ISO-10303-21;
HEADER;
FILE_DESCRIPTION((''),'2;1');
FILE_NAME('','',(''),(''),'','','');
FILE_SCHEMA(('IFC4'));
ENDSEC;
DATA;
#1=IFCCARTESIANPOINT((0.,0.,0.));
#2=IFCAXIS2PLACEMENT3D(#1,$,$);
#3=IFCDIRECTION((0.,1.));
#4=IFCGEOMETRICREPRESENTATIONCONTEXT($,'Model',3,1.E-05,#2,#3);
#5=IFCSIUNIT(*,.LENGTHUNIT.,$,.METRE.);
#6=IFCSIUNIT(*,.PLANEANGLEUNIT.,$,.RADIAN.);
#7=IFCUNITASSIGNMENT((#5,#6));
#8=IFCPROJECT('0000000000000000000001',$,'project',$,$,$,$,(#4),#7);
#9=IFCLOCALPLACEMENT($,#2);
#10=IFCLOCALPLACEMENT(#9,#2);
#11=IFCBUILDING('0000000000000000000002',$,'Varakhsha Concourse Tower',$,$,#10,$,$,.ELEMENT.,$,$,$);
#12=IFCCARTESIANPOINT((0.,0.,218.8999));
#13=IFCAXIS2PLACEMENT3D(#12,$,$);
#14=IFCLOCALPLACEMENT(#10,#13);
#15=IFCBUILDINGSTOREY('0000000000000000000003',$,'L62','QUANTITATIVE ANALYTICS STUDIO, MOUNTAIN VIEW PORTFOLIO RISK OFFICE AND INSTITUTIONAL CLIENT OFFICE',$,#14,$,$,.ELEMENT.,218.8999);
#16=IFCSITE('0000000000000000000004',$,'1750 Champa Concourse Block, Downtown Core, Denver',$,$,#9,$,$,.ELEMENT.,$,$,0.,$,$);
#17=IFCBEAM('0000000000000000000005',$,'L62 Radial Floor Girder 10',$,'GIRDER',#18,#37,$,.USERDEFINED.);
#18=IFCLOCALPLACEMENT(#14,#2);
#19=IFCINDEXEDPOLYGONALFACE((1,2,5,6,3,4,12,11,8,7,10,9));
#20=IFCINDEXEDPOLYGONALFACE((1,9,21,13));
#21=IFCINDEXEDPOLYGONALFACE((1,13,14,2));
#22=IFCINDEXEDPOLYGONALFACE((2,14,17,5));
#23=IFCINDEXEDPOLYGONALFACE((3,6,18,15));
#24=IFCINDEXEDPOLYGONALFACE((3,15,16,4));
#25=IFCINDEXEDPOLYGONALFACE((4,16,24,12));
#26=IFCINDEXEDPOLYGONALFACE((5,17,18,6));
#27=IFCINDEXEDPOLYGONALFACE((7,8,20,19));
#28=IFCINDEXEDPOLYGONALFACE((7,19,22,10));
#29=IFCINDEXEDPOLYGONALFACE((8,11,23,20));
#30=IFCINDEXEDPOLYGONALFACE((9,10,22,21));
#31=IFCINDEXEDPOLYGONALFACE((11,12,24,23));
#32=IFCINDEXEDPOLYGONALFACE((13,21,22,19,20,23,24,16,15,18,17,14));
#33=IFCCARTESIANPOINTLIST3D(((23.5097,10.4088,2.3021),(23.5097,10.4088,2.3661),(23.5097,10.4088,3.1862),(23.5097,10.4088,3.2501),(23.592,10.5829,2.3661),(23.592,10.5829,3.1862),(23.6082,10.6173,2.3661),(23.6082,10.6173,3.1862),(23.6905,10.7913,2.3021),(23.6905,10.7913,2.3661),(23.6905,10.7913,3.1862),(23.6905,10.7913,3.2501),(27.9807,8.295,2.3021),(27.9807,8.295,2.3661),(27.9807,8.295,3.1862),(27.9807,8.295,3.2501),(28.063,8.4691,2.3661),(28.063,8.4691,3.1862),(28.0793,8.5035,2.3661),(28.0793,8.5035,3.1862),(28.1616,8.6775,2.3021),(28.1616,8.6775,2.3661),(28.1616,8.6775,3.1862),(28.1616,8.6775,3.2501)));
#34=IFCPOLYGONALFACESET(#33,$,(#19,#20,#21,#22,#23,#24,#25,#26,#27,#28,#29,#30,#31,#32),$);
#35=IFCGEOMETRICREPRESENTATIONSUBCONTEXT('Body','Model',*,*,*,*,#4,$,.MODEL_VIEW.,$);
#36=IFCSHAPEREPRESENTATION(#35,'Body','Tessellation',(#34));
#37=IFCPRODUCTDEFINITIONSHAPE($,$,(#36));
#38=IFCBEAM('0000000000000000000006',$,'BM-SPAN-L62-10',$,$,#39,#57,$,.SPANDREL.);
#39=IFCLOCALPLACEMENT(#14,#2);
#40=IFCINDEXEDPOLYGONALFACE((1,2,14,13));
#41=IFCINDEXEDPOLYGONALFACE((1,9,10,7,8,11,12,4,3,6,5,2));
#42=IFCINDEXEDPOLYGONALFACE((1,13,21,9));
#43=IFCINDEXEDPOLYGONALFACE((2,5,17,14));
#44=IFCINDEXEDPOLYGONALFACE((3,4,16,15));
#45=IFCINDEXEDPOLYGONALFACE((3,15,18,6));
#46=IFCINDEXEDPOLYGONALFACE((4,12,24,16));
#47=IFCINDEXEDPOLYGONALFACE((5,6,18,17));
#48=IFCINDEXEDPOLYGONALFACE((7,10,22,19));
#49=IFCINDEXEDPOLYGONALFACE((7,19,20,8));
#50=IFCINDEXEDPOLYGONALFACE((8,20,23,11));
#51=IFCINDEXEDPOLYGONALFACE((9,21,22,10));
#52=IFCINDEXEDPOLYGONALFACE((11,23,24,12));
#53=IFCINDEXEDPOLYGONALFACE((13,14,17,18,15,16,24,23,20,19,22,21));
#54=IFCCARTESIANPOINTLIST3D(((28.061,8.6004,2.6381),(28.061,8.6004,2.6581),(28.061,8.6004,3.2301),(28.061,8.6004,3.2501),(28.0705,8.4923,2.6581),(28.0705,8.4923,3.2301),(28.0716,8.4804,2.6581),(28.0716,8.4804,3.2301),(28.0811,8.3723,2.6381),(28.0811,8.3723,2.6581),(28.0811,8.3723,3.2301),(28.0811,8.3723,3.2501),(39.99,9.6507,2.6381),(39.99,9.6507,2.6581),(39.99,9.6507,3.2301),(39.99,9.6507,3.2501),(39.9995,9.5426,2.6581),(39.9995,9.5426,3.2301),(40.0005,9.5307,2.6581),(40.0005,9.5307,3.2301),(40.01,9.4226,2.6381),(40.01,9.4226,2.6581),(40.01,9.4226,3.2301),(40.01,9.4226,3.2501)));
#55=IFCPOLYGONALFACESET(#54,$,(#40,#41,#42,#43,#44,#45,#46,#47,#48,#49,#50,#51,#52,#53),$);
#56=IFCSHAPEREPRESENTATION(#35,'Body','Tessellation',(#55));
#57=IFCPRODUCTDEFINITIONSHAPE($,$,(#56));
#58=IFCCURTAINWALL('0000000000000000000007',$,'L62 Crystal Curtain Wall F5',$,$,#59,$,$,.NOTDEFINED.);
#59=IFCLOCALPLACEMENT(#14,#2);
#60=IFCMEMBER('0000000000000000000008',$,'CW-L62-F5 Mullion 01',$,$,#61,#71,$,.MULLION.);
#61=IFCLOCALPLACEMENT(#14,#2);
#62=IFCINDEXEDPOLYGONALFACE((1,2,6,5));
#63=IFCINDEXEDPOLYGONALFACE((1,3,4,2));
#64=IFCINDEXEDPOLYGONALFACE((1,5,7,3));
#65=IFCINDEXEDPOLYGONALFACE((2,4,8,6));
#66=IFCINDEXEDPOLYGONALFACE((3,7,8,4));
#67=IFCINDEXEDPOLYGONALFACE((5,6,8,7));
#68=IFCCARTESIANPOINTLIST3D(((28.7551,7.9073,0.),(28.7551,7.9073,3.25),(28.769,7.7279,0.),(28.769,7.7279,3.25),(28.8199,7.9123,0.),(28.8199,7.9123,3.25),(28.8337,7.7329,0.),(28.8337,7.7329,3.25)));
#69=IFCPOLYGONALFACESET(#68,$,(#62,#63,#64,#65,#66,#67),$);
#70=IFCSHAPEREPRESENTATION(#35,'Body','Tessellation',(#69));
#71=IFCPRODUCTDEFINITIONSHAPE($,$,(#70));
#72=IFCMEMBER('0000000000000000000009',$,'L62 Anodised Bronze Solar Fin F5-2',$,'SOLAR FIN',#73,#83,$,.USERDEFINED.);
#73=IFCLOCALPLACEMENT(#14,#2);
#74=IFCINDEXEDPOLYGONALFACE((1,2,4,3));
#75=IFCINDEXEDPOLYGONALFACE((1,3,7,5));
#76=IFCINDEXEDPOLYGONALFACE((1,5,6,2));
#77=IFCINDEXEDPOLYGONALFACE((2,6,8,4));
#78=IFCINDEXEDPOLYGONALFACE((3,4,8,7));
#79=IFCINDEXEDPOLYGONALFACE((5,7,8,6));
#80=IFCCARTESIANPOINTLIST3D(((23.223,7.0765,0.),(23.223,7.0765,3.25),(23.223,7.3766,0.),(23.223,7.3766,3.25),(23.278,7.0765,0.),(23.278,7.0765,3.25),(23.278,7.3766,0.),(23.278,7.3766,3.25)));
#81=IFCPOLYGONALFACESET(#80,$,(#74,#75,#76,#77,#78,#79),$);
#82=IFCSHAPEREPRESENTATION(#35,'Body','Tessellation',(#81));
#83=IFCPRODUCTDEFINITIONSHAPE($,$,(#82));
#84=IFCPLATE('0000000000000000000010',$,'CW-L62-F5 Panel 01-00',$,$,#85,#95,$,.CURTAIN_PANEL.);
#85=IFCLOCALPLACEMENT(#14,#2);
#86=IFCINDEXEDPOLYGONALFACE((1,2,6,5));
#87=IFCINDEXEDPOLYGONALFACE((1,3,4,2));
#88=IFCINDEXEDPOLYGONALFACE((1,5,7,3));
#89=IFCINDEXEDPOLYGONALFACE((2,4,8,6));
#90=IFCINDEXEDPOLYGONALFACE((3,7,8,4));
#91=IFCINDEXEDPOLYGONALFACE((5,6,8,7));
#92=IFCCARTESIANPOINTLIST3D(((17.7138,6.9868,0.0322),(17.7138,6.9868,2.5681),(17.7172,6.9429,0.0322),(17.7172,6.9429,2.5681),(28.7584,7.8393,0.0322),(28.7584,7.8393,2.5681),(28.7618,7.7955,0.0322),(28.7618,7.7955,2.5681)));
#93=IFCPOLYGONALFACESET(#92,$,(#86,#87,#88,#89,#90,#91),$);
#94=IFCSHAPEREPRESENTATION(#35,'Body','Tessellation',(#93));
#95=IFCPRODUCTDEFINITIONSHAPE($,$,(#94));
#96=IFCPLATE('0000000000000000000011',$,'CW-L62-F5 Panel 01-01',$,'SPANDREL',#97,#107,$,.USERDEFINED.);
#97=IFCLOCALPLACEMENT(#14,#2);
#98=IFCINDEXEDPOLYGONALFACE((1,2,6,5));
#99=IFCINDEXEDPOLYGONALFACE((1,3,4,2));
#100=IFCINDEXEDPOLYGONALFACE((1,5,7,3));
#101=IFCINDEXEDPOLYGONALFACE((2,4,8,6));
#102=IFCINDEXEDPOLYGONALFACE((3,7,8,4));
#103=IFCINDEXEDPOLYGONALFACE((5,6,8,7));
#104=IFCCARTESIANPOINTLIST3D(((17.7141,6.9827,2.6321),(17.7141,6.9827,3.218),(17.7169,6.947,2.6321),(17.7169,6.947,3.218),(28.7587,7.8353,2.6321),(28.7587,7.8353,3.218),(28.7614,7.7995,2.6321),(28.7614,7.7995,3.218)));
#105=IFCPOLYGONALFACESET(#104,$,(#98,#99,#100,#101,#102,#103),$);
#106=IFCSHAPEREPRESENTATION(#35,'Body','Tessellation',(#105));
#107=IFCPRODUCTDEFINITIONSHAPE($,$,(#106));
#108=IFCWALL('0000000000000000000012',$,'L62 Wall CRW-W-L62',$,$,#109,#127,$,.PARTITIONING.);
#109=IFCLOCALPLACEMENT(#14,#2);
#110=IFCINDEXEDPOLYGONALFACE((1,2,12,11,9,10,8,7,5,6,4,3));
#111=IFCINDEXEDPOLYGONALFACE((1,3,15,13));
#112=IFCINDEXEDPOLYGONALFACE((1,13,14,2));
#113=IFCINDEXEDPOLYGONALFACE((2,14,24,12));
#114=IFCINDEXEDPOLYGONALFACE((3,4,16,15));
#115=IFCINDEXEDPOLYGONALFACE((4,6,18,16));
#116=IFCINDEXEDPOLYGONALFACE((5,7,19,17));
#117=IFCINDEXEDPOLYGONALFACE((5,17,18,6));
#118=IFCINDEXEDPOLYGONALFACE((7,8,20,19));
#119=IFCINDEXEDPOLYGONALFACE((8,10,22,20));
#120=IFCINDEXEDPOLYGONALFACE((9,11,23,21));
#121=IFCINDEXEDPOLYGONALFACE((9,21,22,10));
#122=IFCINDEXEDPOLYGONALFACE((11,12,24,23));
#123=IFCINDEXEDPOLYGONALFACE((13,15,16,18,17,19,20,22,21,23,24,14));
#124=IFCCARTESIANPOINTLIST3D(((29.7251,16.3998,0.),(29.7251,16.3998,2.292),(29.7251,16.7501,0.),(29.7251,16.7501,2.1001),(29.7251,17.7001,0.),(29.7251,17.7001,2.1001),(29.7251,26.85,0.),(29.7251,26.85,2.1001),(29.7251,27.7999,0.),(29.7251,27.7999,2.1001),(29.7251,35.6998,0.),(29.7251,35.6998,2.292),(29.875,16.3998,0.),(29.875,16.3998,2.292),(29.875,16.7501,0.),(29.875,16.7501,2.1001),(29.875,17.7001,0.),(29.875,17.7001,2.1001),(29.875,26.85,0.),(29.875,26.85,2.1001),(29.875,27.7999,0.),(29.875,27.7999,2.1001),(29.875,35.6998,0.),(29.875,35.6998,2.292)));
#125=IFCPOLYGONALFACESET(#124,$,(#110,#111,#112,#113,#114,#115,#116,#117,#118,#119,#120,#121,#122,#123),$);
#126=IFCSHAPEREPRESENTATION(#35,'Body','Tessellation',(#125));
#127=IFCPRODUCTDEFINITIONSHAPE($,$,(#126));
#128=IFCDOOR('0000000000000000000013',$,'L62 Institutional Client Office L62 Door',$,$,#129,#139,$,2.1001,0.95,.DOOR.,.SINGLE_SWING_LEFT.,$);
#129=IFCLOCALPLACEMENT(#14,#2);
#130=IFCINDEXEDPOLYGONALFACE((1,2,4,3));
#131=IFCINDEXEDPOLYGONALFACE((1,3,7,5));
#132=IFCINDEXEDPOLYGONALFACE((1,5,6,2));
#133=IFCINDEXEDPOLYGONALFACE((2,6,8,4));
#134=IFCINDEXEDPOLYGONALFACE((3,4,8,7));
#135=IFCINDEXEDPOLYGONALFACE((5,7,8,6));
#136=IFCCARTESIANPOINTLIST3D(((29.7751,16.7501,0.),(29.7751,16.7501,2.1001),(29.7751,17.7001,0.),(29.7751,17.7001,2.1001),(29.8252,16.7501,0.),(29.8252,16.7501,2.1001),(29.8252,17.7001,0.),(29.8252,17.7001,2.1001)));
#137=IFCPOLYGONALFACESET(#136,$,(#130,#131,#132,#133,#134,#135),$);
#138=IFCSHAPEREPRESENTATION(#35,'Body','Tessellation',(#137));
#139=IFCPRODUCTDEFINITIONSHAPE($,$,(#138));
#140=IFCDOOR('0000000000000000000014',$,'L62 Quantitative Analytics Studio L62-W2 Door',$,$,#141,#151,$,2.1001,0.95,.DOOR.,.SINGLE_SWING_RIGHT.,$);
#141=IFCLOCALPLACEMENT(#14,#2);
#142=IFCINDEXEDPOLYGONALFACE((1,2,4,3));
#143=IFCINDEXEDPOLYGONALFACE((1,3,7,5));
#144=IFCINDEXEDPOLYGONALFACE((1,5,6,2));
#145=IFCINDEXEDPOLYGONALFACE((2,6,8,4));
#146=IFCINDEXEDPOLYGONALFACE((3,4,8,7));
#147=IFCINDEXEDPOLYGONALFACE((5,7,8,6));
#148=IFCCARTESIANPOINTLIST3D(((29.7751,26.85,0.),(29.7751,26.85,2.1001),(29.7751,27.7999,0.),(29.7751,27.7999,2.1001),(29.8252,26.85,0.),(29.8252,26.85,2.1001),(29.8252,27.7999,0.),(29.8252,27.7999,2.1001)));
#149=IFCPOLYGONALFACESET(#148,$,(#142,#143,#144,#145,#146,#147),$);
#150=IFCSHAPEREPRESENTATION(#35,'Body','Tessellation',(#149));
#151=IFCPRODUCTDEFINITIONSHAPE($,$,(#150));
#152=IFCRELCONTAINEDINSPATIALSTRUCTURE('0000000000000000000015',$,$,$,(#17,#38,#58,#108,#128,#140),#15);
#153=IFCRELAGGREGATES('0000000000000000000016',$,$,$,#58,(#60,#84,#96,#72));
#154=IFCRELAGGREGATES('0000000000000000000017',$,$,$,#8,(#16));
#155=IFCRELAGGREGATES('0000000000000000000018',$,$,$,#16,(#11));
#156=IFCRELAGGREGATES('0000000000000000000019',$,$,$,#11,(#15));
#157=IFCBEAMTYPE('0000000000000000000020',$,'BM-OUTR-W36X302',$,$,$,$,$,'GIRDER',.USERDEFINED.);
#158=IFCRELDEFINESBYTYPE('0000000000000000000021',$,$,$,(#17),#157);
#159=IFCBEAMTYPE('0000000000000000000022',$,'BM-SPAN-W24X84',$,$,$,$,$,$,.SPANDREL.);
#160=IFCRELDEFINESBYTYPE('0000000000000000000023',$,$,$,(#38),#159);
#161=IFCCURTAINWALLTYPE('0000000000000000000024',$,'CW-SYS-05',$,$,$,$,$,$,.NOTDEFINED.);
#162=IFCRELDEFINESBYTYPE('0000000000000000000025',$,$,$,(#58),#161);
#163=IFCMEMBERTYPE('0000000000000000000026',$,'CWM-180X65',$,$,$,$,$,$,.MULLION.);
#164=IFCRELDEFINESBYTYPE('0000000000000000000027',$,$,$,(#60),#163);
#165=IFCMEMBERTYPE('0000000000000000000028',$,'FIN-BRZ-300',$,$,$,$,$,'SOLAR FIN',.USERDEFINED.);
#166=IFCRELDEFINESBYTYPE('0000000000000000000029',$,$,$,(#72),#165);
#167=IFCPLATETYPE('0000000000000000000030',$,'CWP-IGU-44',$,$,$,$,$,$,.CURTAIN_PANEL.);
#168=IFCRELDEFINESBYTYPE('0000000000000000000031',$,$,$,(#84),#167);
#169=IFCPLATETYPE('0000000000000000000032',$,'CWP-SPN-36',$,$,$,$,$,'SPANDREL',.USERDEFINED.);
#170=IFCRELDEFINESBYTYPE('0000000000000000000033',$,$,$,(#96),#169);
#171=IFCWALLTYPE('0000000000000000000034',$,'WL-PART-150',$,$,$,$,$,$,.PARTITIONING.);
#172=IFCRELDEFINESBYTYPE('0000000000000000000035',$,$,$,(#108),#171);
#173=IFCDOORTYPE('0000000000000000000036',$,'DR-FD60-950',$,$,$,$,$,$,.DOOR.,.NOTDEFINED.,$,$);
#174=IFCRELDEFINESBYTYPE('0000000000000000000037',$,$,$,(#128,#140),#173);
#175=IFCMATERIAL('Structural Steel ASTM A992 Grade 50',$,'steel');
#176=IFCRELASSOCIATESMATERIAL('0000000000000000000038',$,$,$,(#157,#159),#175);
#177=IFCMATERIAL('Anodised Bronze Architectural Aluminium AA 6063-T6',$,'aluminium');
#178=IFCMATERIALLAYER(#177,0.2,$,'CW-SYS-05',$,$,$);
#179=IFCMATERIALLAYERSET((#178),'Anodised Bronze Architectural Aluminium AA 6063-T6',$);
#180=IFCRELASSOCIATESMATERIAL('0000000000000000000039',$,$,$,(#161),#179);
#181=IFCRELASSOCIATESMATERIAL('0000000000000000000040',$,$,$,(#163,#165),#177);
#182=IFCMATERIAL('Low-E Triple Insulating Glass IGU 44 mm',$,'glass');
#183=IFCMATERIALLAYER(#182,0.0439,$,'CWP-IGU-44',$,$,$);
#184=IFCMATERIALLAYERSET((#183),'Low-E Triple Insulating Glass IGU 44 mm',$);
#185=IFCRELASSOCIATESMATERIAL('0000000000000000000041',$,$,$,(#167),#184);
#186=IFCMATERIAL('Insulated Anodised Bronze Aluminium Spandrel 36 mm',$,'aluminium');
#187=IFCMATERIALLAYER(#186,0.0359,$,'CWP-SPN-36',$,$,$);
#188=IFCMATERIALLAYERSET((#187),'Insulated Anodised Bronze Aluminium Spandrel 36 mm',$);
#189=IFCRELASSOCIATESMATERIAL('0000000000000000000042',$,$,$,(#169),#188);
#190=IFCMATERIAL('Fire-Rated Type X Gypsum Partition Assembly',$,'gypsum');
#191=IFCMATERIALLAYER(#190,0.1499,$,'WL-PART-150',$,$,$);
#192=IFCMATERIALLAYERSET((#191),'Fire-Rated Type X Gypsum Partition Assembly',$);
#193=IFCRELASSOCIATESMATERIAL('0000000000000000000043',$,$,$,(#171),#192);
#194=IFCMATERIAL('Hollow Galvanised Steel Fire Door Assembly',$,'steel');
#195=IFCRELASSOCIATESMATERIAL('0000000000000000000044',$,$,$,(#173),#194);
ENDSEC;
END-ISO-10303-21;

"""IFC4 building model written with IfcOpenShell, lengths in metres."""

from ifc_helpers import new_model, si_unit, direction, frame, frame_2d, origin, origin_2d, place, context, subcontext, project, spatial, rectangle, i_section, extrude, source, transform, mapped, material, layer, layer_set, material_profile, profile_set, type_object, type_shapes, element, fill, aggregate, save


model = new_model("IFC4")

# Units and contexts
model_context = context("Model", 3, precision=1e-05, world=origin(), true_north=direction((0.0, 1.0)))
body_context = subcontext(model_context, "Body", "Model", "MODEL_VIEW")
ifc_project = project(units=[si_unit("LENGTHUNIT", "METRE"), si_unit("PLANEANGLEUNIT", "RADIAN")], contexts=[model_context])

# Site, building, storey
site_placement = place(None, origin())
site = spatial("IfcSite", under=ifc_project, at=site_placement, Name="1750 Champa Concourse Block, Downtown Core, Denver", CompositionType="ELEMENT", RefElevation=0.0)
building_placement = place(site_placement, origin())
building = spatial("IfcBuilding", under=site, at=building_placement, Name="Varakhsha Concourse Tower", CompositionType="ELEMENT")
storey_placement = place(building_placement, frame((0.0, 0.0, 218.8999)))
storey = spatial("IfcBuildingStorey", under=building, at=storey_placement, Name="L62", Description="QUANTITATIVE ANALYTICS STUDIO, MOUNTAIN VIEW PORTFOLIO RISK OFFICE AND INSTITUTIONAL CLIENT OFFICE", CompositionType="ELEMENT", Elevation=218.8999)

# Shared definitions
ifc_material_1 = material(Name="Structural Steel ASTM A992 Grade 50", Category="steel")

# Beams
ifc_material_profile_1 = material_profile(ifc_material_1, i_section(OverallWidth=0.4231, OverallDepth=0.948, WebThickness=0.0381, FlangeThickness=0.064, at=origin_2d()), Name="W36X302")
ifc_profile_set_1 = profile_set([ifc_material_profile_1], Name="Structural Steel ASTM A992 Grade 50")
beam_type_1 = type_object("IfcBeamType", Name="BM-OUTR-W36X302", ElementType="GIRDER", PredefinedType="USERDEFINED", material=ifc_profile_set_1)
beam_1_placement = place(storey_placement, frame((23.6001, 10.6001, 2.7761), z_axis=(0.904054, -0.427418, 0.0), x_axis=(0.427418, 0.904054, 0.0)))
element("IfcBeam", 1, at=beam_1_placement, inside=storey, type_object=beam_type_1, Name="L62 Radial Floor Girder 10", ObjectType="GIRDER", PredefinedType="USERDEFINED", context=body_context, shape_type="SweptSolid", body=[
    extrude(i_section(OverallWidth=0.4231, OverallDepth=0.948, WebThickness=0.0381, FlangeThickness=0.064, at=origin_2d()), origin(), (0.0, 0.0, 1.0), 4.9456),
])
ifc_material_profile_2 = material_profile(ifc_material_1, i_section(OverallWidth=0.229, OverallDepth=0.6121, WebThickness=0.012, FlangeThickness=0.02, at=origin_2d()), Name="W24X84")
ifc_profile_set_2 = profile_set([ifc_material_profile_2], Name="Structural Steel ASTM A992 Grade 50")
beam_type_2 = type_object("IfcBeamType", Name="BM-SPAN-W24X84", PredefinedType="SPANDREL", material=ifc_profile_set_2)
beam_2_placement = place(storey_placement, frame((28.071, 8.4863, 2.9441), z_axis=(0.996146, 0.087706, 0.0), x_axis=(-0.087706, 0.996146, 0.0)))
element("IfcBeam", 2, at=beam_2_placement, inside=storey, type_object=beam_type_2, Name="BM-SPAN-L62-10", PredefinedType="SPANDREL", context=body_context, shape_type="SweptSolid", body=[
    extrude(i_section(OverallWidth=0.229, OverallDepth=0.6121, WebThickness=0.012, FlangeThickness=0.02, at=origin_2d()), origin(), (0.0, 0.0, 1.0), 11.9751),
])

# Curtain wall, members, plates
ifc_material_2 = material(Name="Anodised Bronze Architectural Aluminium AA 6063-T6", Category="aluminium")
ifc_layer_1 = layer(ifc_material_2, 0.2, Name="CW-SYS-05")
ifc_layer_set_1 = layer_set([ifc_layer_1], Name="Anodised Bronze Architectural Aluminium AA 6063-T6")
curtain_wall_type = type_object("IfcCurtainWallType", Name="CW-SYS-05", PredefinedType="NOTDEFINED", material=ifc_layer_set_1)
curtain_wall_placement = place(storey_placement, origin())
curtain_wall = element("IfcCurtainWall", 3, at=curtain_wall_placement, inside=storey, type_object=curtain_wall_type, Name="L62 Crystal Curtain Wall F5", PredefinedType="NOTDEFINED")
ifc_material_profile_3 = material_profile(ifc_material_2, rectangle(XDim=0.0649, YDim=0.1799, at=origin_2d()), Name="CWM-180X65")
ifc_profile_set_3 = profile_set([ifc_material_profile_3], Name="Anodised Bronze Architectural Aluminium AA 6063-T6")
member_type_1 = type_object("IfcMemberType", Name="CWM-180X65", PredefinedType="MULLION", material=ifc_profile_set_3)
shared_shape_1 = source(origin(), body_context, "Body", "SweptSolid", [
    extrude(rectangle(XDim=0.0649, YDim=0.1799, at=origin_2d()), origin(), (0.0, 0.0, 1.0), 3.25),
])
type_shapes(member_type_1, [shared_shape_1])
member_1_placement = place(storey_placement, frame((28.7944, 7.8201, 0.0), z_axis=(0.0, 0.0, 1.0), x_axis=(-0.997034, -0.076961, 0.0)))
member_1 = element("IfcMember", 4, at=member_1_placement, type_object=member_type_1, Name="CW-L62-F5 Mullion 01", PredefinedType="MULLION", context=body_context, shape_type="MappedRepresentation", body=[
    mapped(shared_shape_1, transform((0.0, 0.0, 0.0), scale=1.0)),
])
ifc_material_profile_4 = material_profile(ifc_material_2, rectangle(XDim=0.0549, YDim=0.3, at=origin_2d()), Name="FIN-BRZ-300")
ifc_profile_set_4 = profile_set([ifc_material_profile_4], Name="Anodised Bronze Architectural Aluminium AA 6063-T6")
member_type_2 = type_object("IfcMemberType", Name="FIN-BRZ-300", ElementType="SOLAR FIN", PredefinedType="USERDEFINED", material=ifc_profile_set_4)
shared_shape_2 = source(origin(), body_context, "Body", "SweptSolid", [
    extrude(rectangle(XDim=0.0549, YDim=0.3, at=origin_2d()), origin(), (0.0, 0.0, 1.0), 3.25),
])
type_shapes(member_type_2, [shared_shape_2])
member_2_placement = place(storey_placement, frame((23.2505, 7.2266, 0.0), z_axis=(0.0, 0.0, 1.0), x_axis=(1.0, 0.0, 0.0)))
member_2 = element("IfcMember", 5, at=member_2_placement, type_object=member_type_2, Name="L62 Anodised Bronze Solar Fin F5-2", ObjectType="SOLAR FIN", PredefinedType="USERDEFINED", context=body_context, shape_type="MappedRepresentation", body=[
    mapped(shared_shape_2, transform((0.0, 0.0, 0.0), scale=1.0)),
])
ifc_material_3 = material(Name="Low-E Triple Insulating Glass IGU 44 mm", Category="glass")
ifc_layer_2 = layer(ifc_material_3, 0.0439, Name="CWP-IGU-44")
ifc_layer_set_2 = layer_set([ifc_layer_2], Name="Low-E Triple Insulating Glass IGU 44 mm")
plate_type_1 = type_object("IfcPlateType", Name="CWP-IGU-44", PredefinedType="CURTAIN_PANEL", material=ifc_layer_set_2)
shared_shape_3 = source(origin(), body_context, "Body", "SweptSolid", [
    extrude(rectangle(XDim=11.0774, YDim=0.0439, at=origin_2d()), origin(), (0.0, 0.0, 1.0), 2.5359),
])
type_shapes(plate_type_1, [shared_shape_3])
plate_1_placement = place(storey_placement, frame((23.2378, 7.3911, 0.0322), z_axis=(0.0, 0.0, 1.0), x_axis=(-0.997034, -0.076961, 0.0)))
plate_1 = element("IfcPlate", 6, at=plate_1_placement, type_object=plate_type_1, Name="CW-L62-F5 Panel 01-00", PredefinedType="CURTAIN_PANEL", context=body_context, shape_type="MappedRepresentation", body=[
    mapped(shared_shape_3, transform((0.0, 0.0, 0.0), scale=1.0)),
])
ifc_material_4 = material(Name="Insulated Anodised Bronze Aluminium Spandrel 36 mm", Category="aluminium")
ifc_layer_3 = layer(ifc_material_4, 0.0359, Name="CWP-SPN-36")
ifc_layer_set_3 = layer_set([ifc_layer_3], Name="Insulated Anodised Bronze Aluminium Spandrel 36 mm")
plate_type_2 = type_object("IfcPlateType", Name="CWP-SPN-36", ElementType="SPANDREL", PredefinedType="USERDEFINED", material=ifc_layer_set_3)
shared_shape_4 = source(origin(), body_context, "Body", "SweptSolid", [
    extrude(rectangle(XDim=11.0774, YDim=0.0359, at=origin_2d()), origin(), (0.0, 0.0, 1.0), 0.5859),
])
type_shapes(plate_type_2, [shared_shape_4])
plate_2_placement = place(storey_placement, frame((23.2378, 7.3911, 2.6321), z_axis=(0.0, 0.0, 1.0), x_axis=(-0.997034, -0.076961, 0.0)))
plate_2 = element("IfcPlate", 7, at=plate_2_placement, type_object=plate_type_2, Name="CW-L62-F5 Panel 01-01", ObjectType="SPANDREL", PredefinedType="USERDEFINED", context=body_context, shape_type="MappedRepresentation", body=[
    mapped(shared_shape_4, transform((0.0, 0.0, 0.0), scale=1.0)),
])
aggregate(curtain_wall, [member_1, plate_1, plate_2, member_2])

# Wall, openings, doors
ifc_material_5 = material(Name="Fire-Rated Type X Gypsum Partition Assembly", Category="gypsum")
ifc_layer_4 = layer(ifc_material_5, 0.1499, Name="WL-PART-150")
ifc_layer_set_4 = layer_set([ifc_layer_4], Name="Fire-Rated Type X Gypsum Partition Assembly")
wall_type = type_object("IfcWallType", Name="WL-PART-150", PredefinedType="PARTITIONING", material=ifc_layer_set_4)
wall_1_placement = place(storey_placement, frame((29.8, 16.3999, 0.0), z_axis=(0.0, 0.0, 1.0), x_axis=(0.0, 1.0, 0.0)))
wall_1 = element("IfcWall", 8, at=wall_1_placement, inside=storey, type_object=wall_type, Name="L62 Wall CRW-W-L62", PredefinedType="PARTITIONING", context=body_context, shape_type="SweptSolid", body=[
    extrude(rectangle(XDim=19.3, YDim=0.1499, at=frame_2d((9.6499, 0.0))), origin(), (0.0, 0.0, 1.0), 2.292),
])
opening_1_placement = place(wall_1_placement, frame((0.3501, 0.0, 0.0)))
opening_1 = element("IfcOpeningElement", 9, at=opening_1_placement, cuts=wall_1, PredefinedType="OPENING", context=body_context, shape_type="SweptSolid", body=[
    extrude(rectangle(XDim=0.95, YDim=2.1001, at=frame_2d((0.4751, 1.05))), frame((0.0, 0.085, 0.0), z_axis=(0.0, -1.0, 0.0), x_axis=(1.0, 0.0, 0.0)), (0.0, 0.0, 1.0), 0.1699),
])
opening_2_placement = place(wall_1_placement, frame((10.45, 0.0, 0.0)))
opening_2 = element("IfcOpeningElement", 10, at=opening_2_placement, cuts=wall_1, PredefinedType="OPENING", context=body_context, shape_type="SweptSolid", body=[
    extrude(rectangle(XDim=0.95, YDim=2.1001, at=frame_2d((0.4751, 1.05))), frame((0.0, 0.085, 0.0), z_axis=(0.0, -1.0, 0.0), x_axis=(1.0, 0.0, 0.0)), (0.0, 0.0, 1.0), 0.1699),
])
ifc_material_6 = material(Name="Hollow Galvanised Steel Fire Door Assembly", Category="steel")
door_type = type_object("IfcDoorType", Name="DR-FD60-950", OperationType="NOTDEFINED", PredefinedType="DOOR", material=ifc_material_6)
door_1_placement = place(opening_1_placement, origin())
door_1 = element("IfcDoor", 11, at=door_1_placement, inside=storey, type_object=door_type, Name="L62 Institutional Client Office L62 Door", OperationType="SINGLE_SWING_LEFT", OverallHeight=2.1001, OverallWidth=0.95, PredefinedType="DOOR", context=body_context, shape_type="SweptSolid", body=[
    extrude(rectangle(XDim=0.95, YDim=2.1001, at=frame_2d((0.4751, 1.05))), frame((0.0, 0.0249, 0.0), z_axis=(0.0, -1.0, 0.0), x_axis=(1.0, 0.0, 0.0)), (0.0, 0.0, 1.0), 0.05),
])
fill(opening_1, door_1)
door_2_placement = place(opening_2_placement, origin())
door_2 = element("IfcDoor", 12, at=door_2_placement, inside=storey, type_object=door_type, Name="L62 Quantitative Analytics Studio L62-W2 Door", OperationType="SINGLE_SWING_RIGHT", OverallHeight=2.1001, OverallWidth=0.95, PredefinedType="DOOR", context=body_context, shape_type="SweptSolid", body=[
    extrude(rectangle(XDim=0.95, YDim=2.1001, at=frame_2d((0.4751, 1.05))), frame((0.0, 0.0249, 0.0), z_axis=(0.0, -1.0, 0.0), x_axis=(1.0, 0.0, 0.0)), (0.0, 0.0, 1.0), 0.05),
])
fill(opening_2, door_2)

save(model, "model.ifc")
